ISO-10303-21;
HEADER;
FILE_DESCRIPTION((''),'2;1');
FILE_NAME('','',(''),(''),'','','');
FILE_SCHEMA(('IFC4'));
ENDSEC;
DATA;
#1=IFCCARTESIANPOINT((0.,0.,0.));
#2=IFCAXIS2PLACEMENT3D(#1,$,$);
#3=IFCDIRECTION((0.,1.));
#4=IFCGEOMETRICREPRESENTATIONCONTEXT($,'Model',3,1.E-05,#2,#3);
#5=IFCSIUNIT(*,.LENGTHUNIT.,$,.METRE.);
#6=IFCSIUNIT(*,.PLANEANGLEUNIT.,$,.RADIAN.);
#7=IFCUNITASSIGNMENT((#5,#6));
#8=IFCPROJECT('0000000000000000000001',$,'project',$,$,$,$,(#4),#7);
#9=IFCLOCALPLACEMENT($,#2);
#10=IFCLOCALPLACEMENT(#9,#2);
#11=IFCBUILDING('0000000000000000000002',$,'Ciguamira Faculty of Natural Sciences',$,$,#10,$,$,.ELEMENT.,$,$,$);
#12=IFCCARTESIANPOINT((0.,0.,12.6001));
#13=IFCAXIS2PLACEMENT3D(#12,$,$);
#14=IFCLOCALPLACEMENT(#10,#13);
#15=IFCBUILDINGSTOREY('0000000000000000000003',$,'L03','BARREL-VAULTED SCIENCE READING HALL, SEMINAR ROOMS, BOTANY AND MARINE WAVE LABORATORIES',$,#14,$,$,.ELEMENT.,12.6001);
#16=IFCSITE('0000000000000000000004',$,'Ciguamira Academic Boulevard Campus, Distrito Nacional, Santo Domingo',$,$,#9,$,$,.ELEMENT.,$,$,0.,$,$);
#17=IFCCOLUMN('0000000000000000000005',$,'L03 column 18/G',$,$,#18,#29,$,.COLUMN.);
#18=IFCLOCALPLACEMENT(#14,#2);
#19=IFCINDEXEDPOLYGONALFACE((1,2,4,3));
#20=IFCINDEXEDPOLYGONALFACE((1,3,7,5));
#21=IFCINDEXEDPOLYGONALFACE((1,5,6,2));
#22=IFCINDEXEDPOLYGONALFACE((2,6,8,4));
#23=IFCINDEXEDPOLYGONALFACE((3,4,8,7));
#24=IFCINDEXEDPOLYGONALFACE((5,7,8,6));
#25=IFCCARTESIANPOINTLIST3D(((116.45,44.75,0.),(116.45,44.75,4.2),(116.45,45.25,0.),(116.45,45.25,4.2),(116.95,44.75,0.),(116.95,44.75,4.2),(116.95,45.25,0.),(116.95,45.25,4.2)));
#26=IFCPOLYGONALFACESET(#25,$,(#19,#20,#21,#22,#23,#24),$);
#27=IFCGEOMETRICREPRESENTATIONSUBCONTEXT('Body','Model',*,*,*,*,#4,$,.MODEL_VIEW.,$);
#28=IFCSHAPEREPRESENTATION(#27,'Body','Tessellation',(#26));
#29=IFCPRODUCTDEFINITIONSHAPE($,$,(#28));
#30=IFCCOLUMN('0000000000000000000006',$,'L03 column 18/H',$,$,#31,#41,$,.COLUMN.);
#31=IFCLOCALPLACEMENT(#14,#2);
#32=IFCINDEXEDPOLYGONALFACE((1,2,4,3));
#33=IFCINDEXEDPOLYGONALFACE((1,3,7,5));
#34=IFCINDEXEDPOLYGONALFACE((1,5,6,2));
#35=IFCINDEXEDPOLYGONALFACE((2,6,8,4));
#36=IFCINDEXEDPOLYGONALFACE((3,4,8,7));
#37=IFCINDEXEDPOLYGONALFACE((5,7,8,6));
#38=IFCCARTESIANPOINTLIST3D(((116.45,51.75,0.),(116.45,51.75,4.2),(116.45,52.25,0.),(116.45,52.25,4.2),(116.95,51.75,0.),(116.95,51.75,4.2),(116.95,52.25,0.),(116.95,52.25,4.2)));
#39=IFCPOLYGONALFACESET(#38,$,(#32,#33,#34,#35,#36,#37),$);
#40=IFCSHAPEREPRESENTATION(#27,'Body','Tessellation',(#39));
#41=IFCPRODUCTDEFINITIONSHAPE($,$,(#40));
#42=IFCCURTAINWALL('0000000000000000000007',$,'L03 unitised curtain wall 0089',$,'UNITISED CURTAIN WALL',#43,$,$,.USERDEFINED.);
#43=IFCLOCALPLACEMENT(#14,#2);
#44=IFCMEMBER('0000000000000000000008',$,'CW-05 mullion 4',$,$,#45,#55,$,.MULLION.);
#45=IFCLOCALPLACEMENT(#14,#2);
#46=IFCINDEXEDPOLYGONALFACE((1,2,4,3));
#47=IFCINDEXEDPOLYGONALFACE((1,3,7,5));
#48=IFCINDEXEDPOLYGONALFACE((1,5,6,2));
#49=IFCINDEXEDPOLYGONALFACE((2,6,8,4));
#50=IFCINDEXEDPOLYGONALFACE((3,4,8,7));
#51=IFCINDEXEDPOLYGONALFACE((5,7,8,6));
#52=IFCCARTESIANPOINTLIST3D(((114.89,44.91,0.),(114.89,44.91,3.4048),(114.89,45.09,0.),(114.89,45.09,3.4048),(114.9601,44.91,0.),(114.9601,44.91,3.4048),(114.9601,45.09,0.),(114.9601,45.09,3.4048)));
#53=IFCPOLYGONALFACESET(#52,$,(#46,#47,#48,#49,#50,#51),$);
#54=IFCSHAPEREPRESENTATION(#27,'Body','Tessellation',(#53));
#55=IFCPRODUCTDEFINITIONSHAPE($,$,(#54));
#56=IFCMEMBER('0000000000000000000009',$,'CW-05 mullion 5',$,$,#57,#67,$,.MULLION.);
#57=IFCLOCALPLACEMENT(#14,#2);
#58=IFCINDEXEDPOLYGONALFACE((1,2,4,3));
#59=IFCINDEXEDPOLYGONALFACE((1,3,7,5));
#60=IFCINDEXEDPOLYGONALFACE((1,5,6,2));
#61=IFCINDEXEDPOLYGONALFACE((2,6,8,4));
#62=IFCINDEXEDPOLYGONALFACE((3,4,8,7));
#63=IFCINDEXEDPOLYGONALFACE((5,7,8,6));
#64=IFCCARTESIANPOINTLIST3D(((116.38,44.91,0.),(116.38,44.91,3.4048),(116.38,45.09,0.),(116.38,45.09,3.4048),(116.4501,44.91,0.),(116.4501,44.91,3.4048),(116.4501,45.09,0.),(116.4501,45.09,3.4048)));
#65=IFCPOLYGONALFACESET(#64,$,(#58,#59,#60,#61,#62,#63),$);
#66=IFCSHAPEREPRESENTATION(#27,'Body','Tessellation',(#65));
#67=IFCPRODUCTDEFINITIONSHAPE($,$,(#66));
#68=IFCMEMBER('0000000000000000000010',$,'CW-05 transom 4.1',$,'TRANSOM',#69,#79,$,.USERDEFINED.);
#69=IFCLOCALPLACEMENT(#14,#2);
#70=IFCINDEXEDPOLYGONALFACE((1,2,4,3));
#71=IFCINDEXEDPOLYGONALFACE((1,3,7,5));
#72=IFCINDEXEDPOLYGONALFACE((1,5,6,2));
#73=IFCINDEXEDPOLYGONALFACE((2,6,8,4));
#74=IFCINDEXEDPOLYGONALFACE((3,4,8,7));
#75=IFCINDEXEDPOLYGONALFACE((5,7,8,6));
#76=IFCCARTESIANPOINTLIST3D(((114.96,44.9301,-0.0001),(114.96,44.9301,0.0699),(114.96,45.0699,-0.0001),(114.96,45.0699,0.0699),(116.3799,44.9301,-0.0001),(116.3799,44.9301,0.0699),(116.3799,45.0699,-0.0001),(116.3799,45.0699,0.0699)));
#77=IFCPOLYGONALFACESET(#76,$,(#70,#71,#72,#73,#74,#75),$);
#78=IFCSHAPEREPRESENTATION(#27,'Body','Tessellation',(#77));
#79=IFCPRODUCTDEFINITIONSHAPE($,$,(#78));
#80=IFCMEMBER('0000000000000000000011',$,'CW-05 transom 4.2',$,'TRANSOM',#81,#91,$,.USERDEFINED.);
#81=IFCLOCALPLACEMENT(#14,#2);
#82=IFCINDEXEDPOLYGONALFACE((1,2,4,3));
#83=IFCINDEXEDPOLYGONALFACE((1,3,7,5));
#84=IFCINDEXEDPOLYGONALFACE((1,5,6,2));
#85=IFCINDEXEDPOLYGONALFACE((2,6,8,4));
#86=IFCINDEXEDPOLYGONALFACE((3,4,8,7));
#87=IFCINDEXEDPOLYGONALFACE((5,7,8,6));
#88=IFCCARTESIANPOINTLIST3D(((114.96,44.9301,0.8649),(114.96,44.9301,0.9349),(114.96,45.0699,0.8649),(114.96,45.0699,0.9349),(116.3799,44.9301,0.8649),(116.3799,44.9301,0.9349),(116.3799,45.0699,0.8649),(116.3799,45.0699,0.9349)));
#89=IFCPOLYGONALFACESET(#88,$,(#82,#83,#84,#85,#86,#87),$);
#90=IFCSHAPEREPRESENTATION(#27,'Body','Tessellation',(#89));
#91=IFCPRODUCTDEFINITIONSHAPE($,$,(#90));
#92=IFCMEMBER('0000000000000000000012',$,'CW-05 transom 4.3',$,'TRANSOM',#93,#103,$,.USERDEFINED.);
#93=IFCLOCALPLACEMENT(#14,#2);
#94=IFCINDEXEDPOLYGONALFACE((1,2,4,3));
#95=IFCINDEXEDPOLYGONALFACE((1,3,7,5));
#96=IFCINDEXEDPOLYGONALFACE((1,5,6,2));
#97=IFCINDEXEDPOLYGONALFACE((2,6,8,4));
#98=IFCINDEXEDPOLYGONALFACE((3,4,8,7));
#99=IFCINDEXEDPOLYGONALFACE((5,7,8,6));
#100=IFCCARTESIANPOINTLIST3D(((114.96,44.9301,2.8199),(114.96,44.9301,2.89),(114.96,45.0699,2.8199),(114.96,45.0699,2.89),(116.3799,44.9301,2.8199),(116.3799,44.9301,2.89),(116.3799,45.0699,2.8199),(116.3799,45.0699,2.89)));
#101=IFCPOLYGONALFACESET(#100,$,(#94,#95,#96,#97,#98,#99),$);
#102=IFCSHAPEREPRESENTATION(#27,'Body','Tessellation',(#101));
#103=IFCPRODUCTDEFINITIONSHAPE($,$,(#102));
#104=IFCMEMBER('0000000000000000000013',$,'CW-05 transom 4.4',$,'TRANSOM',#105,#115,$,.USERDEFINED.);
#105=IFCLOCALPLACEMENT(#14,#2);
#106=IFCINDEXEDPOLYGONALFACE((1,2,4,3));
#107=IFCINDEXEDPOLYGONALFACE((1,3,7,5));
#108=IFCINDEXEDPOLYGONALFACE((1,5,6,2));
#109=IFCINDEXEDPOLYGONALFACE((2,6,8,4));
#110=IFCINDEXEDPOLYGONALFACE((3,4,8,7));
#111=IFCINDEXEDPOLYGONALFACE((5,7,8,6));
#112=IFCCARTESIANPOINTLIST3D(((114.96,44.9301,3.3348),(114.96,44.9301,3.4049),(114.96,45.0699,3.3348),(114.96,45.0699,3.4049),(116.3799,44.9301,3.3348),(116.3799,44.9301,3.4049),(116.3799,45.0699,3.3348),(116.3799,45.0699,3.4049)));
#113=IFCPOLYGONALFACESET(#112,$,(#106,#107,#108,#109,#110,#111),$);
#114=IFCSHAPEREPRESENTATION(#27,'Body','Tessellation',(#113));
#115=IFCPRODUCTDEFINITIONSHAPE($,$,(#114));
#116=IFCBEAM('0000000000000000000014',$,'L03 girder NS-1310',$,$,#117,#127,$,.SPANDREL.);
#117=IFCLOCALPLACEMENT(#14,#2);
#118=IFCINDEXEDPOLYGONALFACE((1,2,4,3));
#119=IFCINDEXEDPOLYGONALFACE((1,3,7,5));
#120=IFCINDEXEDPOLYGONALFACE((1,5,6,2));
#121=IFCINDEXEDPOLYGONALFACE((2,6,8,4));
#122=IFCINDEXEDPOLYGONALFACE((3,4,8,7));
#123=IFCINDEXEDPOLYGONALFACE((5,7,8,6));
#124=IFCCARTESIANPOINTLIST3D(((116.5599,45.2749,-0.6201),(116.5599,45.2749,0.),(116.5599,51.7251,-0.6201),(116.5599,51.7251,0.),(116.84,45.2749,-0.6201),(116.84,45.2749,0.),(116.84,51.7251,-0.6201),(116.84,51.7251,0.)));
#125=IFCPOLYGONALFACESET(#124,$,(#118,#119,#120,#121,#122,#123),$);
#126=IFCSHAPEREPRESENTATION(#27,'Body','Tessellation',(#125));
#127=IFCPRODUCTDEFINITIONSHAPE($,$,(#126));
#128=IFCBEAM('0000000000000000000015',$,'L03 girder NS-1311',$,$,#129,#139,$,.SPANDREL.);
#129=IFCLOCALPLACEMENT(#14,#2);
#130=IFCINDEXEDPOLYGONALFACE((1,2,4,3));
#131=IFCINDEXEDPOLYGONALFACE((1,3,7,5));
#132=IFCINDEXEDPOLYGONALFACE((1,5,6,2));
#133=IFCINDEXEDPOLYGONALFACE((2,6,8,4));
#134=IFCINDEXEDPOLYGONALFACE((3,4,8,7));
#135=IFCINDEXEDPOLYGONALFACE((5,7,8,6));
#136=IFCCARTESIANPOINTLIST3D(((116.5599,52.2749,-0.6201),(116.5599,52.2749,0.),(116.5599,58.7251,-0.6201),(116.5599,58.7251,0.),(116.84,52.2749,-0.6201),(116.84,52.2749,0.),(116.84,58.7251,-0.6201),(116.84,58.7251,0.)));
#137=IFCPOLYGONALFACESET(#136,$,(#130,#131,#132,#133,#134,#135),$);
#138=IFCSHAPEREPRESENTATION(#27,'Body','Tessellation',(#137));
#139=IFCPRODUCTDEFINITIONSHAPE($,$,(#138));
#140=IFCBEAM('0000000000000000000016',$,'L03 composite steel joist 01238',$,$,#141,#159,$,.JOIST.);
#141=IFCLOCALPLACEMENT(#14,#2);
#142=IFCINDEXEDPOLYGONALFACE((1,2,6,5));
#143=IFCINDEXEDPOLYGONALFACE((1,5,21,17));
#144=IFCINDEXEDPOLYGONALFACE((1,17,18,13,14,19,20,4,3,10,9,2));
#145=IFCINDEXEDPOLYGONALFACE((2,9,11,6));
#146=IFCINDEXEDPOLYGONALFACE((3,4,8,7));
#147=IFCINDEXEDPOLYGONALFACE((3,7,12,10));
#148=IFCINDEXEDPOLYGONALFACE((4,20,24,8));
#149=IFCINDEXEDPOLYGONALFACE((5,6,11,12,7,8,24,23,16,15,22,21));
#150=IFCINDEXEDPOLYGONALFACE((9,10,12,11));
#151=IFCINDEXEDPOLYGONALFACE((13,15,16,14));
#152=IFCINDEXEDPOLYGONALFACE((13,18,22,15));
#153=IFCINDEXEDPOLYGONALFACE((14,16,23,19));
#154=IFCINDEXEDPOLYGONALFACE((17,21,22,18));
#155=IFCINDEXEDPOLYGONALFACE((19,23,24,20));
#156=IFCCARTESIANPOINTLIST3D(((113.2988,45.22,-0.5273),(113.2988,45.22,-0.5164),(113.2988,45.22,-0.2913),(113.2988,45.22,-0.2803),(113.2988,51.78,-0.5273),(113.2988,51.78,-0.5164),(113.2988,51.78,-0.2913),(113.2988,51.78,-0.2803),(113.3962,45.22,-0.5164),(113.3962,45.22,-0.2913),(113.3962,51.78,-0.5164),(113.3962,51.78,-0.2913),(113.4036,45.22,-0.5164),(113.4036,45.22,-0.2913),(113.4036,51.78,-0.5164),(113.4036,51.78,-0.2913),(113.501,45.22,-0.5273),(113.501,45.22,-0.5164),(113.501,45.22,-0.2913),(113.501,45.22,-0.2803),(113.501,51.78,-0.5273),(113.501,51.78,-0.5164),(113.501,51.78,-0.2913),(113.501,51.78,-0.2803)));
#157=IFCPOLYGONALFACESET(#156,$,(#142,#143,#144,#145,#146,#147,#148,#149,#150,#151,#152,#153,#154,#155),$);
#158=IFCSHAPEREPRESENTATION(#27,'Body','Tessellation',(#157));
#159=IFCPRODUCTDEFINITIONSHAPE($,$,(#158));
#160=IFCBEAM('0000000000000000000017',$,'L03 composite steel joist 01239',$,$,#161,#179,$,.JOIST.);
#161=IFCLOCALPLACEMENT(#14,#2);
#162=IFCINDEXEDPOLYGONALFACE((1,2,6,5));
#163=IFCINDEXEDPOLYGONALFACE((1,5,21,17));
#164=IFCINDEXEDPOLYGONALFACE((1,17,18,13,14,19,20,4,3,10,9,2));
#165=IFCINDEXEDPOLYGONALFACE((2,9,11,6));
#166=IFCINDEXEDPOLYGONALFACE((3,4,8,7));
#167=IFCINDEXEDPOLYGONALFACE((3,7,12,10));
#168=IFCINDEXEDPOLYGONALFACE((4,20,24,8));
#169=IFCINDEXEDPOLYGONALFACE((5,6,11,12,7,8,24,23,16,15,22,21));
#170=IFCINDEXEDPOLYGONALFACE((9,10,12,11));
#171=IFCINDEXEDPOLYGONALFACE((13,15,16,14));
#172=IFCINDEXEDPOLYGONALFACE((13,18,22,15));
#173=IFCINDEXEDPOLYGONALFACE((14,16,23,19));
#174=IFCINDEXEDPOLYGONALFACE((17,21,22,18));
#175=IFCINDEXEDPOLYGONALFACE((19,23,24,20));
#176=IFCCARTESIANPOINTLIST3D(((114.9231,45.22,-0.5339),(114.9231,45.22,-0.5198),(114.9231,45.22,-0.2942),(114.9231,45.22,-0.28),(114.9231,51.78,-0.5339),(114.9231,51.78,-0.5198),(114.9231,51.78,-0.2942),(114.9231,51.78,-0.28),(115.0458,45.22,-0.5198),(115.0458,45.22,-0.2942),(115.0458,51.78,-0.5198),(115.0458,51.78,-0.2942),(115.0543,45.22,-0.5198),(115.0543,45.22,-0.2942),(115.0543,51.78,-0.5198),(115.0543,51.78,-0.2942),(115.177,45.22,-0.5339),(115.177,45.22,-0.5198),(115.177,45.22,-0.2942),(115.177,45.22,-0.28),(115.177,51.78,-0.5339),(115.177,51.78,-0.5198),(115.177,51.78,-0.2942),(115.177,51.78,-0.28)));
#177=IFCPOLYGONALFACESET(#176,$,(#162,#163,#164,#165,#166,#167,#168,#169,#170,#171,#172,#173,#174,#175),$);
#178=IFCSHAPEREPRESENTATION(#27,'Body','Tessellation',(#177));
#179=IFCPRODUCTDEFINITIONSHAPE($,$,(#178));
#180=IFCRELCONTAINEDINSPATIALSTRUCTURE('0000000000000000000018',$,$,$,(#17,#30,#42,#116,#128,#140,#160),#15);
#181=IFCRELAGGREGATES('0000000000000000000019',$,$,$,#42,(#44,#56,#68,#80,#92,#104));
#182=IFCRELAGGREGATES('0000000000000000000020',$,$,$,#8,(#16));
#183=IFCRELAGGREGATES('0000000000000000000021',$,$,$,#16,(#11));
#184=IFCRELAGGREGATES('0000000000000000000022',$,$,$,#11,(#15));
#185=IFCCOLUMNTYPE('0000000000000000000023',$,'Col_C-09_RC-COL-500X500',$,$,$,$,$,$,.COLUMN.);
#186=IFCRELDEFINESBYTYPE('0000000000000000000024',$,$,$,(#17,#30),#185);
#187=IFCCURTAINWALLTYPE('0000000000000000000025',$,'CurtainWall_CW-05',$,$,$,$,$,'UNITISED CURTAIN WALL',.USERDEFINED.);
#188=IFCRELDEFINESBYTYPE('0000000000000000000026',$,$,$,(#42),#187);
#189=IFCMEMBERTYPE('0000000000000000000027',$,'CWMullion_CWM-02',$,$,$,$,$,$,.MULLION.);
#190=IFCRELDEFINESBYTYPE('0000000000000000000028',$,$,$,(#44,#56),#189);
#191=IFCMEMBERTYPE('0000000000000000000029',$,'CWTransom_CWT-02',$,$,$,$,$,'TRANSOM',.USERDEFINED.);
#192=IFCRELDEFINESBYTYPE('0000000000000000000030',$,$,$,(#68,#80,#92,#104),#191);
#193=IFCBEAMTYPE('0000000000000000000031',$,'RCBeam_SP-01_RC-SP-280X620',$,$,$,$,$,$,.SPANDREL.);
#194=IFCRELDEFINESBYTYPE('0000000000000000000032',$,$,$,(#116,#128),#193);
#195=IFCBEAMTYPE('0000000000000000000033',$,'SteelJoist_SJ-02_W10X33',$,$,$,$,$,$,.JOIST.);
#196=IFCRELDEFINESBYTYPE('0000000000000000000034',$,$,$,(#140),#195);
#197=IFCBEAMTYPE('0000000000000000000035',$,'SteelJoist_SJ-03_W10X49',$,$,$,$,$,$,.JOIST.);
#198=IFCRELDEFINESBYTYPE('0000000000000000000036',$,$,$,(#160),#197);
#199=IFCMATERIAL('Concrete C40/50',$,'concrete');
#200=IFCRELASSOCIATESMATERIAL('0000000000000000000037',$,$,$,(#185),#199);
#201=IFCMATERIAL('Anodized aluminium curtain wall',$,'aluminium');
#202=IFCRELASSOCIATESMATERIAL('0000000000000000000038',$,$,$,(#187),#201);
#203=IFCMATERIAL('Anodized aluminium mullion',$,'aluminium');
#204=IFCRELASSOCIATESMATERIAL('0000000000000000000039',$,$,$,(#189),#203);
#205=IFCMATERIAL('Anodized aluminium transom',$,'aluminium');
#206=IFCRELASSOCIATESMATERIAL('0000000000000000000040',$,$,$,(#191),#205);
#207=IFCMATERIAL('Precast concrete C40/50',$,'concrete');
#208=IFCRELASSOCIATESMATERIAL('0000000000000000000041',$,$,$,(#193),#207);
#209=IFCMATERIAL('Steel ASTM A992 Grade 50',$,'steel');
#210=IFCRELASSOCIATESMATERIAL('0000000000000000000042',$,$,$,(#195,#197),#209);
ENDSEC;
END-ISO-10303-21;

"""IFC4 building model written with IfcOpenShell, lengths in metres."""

from ifc_helpers import new_model, si_unit, direction, frame, origin, origin_2d, place, context, subcontext, project, spatial, rectangle, i_section, extrude, material, material_profile, profile_set, type_object, element, aggregate, save


model = new_model("IFC4")

# Units and contexts
model_context = context("Model", 3, precision=1e-05, world=origin(), true_north=direction((0.0, 1.0)))
body_context = subcontext(model_context, "Body", "Model", "MODEL_VIEW")
ifc_project = project(units=[si_unit("LENGTHUNIT", "METRE"), si_unit("PLANEANGLEUNIT", "RADIAN")], contexts=[model_context])

# Site, building, storey
site_placement = place(None, origin())
site = spatial("IfcSite", under=ifc_project, at=site_placement, Name="Ciguamira Academic Boulevard Campus, Distrito Nacional, Santo Domingo", CompositionType="ELEMENT", RefElevation=0.0)
building_placement = place(site_placement, origin())
building = spatial("IfcBuilding", under=site, at=building_placement, Name="Ciguamira Faculty of Natural Sciences", CompositionType="ELEMENT")
storey_placement = place(building_placement, frame((0.0, 0.0, 12.6001)))
storey = spatial("IfcBuildingStorey", under=building, at=storey_placement, Name="L03", Description="BARREL-VAULTED SCIENCE READING HALL, SEMINAR ROOMS, BOTANY AND MARINE WAVE LABORATORIES", CompositionType="ELEMENT", Elevation=12.6001)

# Columns
ifc_material_1 = material(Name="Concrete C40/50", Category="concrete")
ifc_material_profile_1 = material_profile(ifc_material_1, rectangle(XDim=0.5, YDim=0.5, at=origin_2d()), Name="RC-COL-500X500")
ifc_profile_set_1 = profile_set([ifc_material_profile_1], Name="Concrete C40/50")
column_type = type_object("IfcColumnType", Name="Col_C-09_RC-COL-500X500", PredefinedType="COLUMN", material=ifc_profile_set_1)
for number, where, z_axis, x_axis, name in (
    (1, (116.7, 45.0, 0.0), (0.0, 0.0, 1.0), (1.0, 0.0, 0.0), "L03 column 18/G"),
    (2, (116.7, 52.0, 0.0), (0.0, 0.0, 1.0), (1.0, 0.0, 0.0), "L03 column 18/H"),
):
    element("IfcColumn", number, at=place(storey_placement, frame(where, z_axis=z_axis, x_axis=x_axis)), inside=storey, type_object=column_type, Name=name, PredefinedType="COLUMN", context=body_context, shape_type="SweptSolid", body=[
        extrude(rectangle(XDim=0.5, YDim=0.5, at=origin_2d()), origin(), (0.0, 0.0, 1.0), 4.2),
    ])

# Curtain wall, members
ifc_material_2 = material(Name="Anodized aluminium curtain wall", Category="aluminium")
curtain_wall_type = type_object("IfcCurtainWallType", Name="CurtainWall_CW-05", ElementType="UNITISED CURTAIN WALL", PredefinedType="USERDEFINED", material=ifc_material_2)
curtain_wall_placement = place(storey_placement, origin())
curtain_wall = element("IfcCurtainWall", 3, at=curtain_wall_placement, inside=storey, type_object=curtain_wall_type, Name="L03 unitised curtain wall 0089", ObjectType="UNITISED CURTAIN WALL", PredefinedType="USERDEFINED")
ifc_material_3 = material(Name="Anodized aluminium mullion", Category="aluminium")
ifc_material_profile_2 = material_profile(ifc_material_3, rectangle(XDim=0.0701, YDim=0.1799, at=origin_2d()), Name="ALU-MUL-70X180")
ifc_profile_set_2 = profile_set([ifc_material_profile_2], Name="Anodized aluminium mullion")
member_type_1 = type_object("IfcMemberType", Name="CWMullion_CWM-02", PredefinedType="MULLION", material=ifc_profile_set_2)
member_1_placement = place(storey_placement, frame((114.925, 45.0, 0.0), z_axis=(0.0, 0.0, 1.0), x_axis=(1.0, 0.0, 0.0)))
member_1 = element("IfcMember", 4, at=member_1_placement, type_object=member_type_1, Name="CW-05 mullion 4", PredefinedType="MULLION", context=body_context, shape_type="SweptSolid", body=[
    extrude(rectangle(XDim=0.0701, YDim=0.1799, at=origin_2d()), origin(), (0.0, 0.0, 1.0), 3.4048),
])
member_2_placement = place(storey_placement, frame((116.415, 45.0, 0.0), z_axis=(0.0, 0.0, 1.0), x_axis=(1.0, 0.0, 0.0)))
member_2 = element("IfcMember", 5, at=member_2_placement, type_object=member_type_1, Name="CW-05 mullion 5", PredefinedType="MULLION", context=body_context, shape_type="SweptSolid", body=[
    extrude(rectangle(XDim=0.0701, YDim=0.1799, at=origin_2d()), origin(), (0.0, 0.0, 1.0), 3.4048),
])
ifc_material_4 = material(Name="Anodized aluminium transom", Category="aluminium")
ifc_material_profile_3 = material_profile(ifc_material_4, rectangle(XDim=0.0701, YDim=0.1399, at=origin_2d()), Name="ALU-TRN-70X140")
ifc_profile_set_3 = profile_set([ifc_material_profile_3], Name="Anodized aluminium transom")
member_type_2 = type_object("IfcMemberType", Name="CWTransom_CWT-02", ElementType="TRANSOM", PredefinedType="USERDEFINED", material=ifc_profile_set_3)
member_3_placement = place(storey_placement, frame((114.96, 45.0, 0.0349), z_axis=(1.0, 0.0, 0.0), x_axis=(0.0, 0.0, 1.0)))
member_3 = element("IfcMember", 6, at=member_3_placement, type_object=member_type_2, Name="CW-05 transom 4.1", ObjectType="TRANSOM", PredefinedType="USERDEFINED", context=body_context, shape_type="SweptSolid", body=[
    extrude(rectangle(XDim=0.0701, YDim=0.1399, at=origin_2d()), origin(), (0.0, 0.0, 1.0), 1.4199),
])
member_4_placement = place(storey_placement, frame((114.96, 45.0, 0.8999), z_axis=(1.0, 0.0, 0.0), x_axis=(0.0, 0.0, 1.0)))
member_4 = element("IfcMember", 7, at=member_4_placement, type_object=member_type_2, Name="CW-05 transom 4.2", ObjectType="TRANSOM", PredefinedType="USERDEFINED", context=body_context, shape_type="SweptSolid", body=[
    extrude(rectangle(XDim=0.0701, YDim=0.1399, at=origin_2d()), origin(), (0.0, 0.0, 1.0), 1.4199),
])
member_5_placement = place(storey_placement, frame((114.96, 45.0, 2.855), z_axis=(1.0, 0.0, 0.0), x_axis=(0.0, 0.0, 1.0)))
member_5 = element("IfcMember", 8, at=member_5_placement, type_object=member_type_2, Name="CW-05 transom 4.3", ObjectType="TRANSOM", PredefinedType="USERDEFINED", context=body_context, shape_type="SweptSolid", body=[
    extrude(rectangle(XDim=0.0701, YDim=0.1399, at=origin_2d()), origin(), (0.0, 0.0, 1.0), 1.4199),
])
member_6_placement = place(storey_placement, frame((114.96, 45.0, 3.3699), z_axis=(1.0, 0.0, 0.0), x_axis=(0.0, 0.0, 1.0)))
member_6 = element("IfcMember", 9, at=member_6_placement, type_object=member_type_2, Name="CW-05 transom 4.4", ObjectType="TRANSOM", PredefinedType="USERDEFINED", context=body_context, shape_type="SweptSolid", body=[
    extrude(rectangle(XDim=0.0701, YDim=0.1399, at=origin_2d()), origin(), (0.0, 0.0, 1.0), 1.4199),
])

# Beams
ifc_material_5 = material(Name="Precast concrete C40/50", Category="concrete")
ifc_material_profile_4 = material_profile(ifc_material_5, rectangle(XDim=0.28, YDim=0.6201, at=origin_2d()), Name="RC-SP-280X620")
ifc_profile_set_4 = profile_set([ifc_material_profile_4], Name="Precast concrete C40/50")
beam_type_1 = type_object("IfcBeamType", Name="RCBeam_SP-01_RC-SP-280X620", PredefinedType="SPANDREL", material=ifc_profile_set_4)
for number, where, z_axis, x_axis, name in (
    (10, (116.7, 45.2749, -0.3101), (0.0, 1.0, 0.0), (-1.0, 0.0, 0.0), "L03 girder NS-1310"),
    (11, (116.7, 52.2749, -0.3101), (0.0, 1.0, 0.0), (-1.0, 0.0, 0.0), "L03 girder NS-1311"),
):
    element("IfcBeam", number, at=place(storey_placement, frame(where, z_axis=z_axis, x_axis=x_axis)), inside=storey, type_object=beam_type_1, Name=name, PredefinedType="SPANDREL", context=body_context, shape_type="SweptSolid", body=[
        extrude(rectangle(XDim=0.28, YDim=0.6201, at=origin_2d()), origin(), (0.0, 0.0, 1.0), 6.4502),
    ])
ifc_material_6 = material(Name="Steel ASTM A992 Grade 50", Category="steel")
ifc_material_profile_5 = material_profile(ifc_material_6, i_section(OverallWidth=0.2021, OverallDepth=0.2471, WebThickness=0.0073, FlangeThickness=0.011, at=origin_2d()), Name="W10X33")
ifc_profile_set_5 = profile_set([ifc_material_profile_5], Name="Steel ASTM A992 Grade 50")
beam_type_2 = type_object("IfcBeamType", Name="SteelJoist_SJ-02_W10X33", PredefinedType="JOIST", material=ifc_profile_set_5)
beam_1_placement = place(storey_placement, frame((113.3999, 45.22, -0.4038), z_axis=(0.0, 1.0, 0.0), x_axis=(-1.0, 0.0, 0.0)))
element("IfcBeam", 12, at=beam_1_placement, inside=storey, type_object=beam_type_2, Name="L03 composite steel joist 01238", PredefinedType="JOIST", context=body_context, shape_type="SweptSolid", body=[
    extrude(i_section(OverallWidth=0.2021, OverallDepth=0.2471, WebThickness=0.0073, FlangeThickness=0.011, at=origin_2d()), origin(), (0.0, 0.0, 1.0), 6.5601),
])
ifc_material_profile_6 = material_profile(ifc_material_6, i_section(OverallWidth=0.2539, OverallDepth=0.2539, WebThickness=0.0085, FlangeThickness=0.0142, at=origin_2d()), Name="W10X49")
ifc_profile_set_6 = profile_set([ifc_material_profile_6], Name="Steel ASTM A992 Grade 50")
beam_type_3 = type_object("IfcBeamType", Name="SteelJoist_SJ-03_W10X49", PredefinedType="JOIST", material=ifc_profile_set_6)
beam_2_placement = place(storey_placement, frame((115.05, 45.22, -0.407), z_axis=(0.0, 1.0, 0.0), x_axis=(-1.0, 0.0, 0.0)))
element("IfcBeam", 13, at=beam_2_placement, inside=storey, type_object=beam_type_3, Name="L03 composite steel joist 01239", PredefinedType="JOIST", context=body_context, shape_type="SweptSolid", body=[
    extrude(i_section(OverallWidth=0.2539, OverallDepth=0.2539, WebThickness=0.0085, FlangeThickness=0.0142, at=origin_2d()), origin(), (0.0, 0.0, 1.0), 6.5601),
])

aggregate(curtain_wall, [member_1, member_2, member_3, member_4, member_5, member_6])

save(model, "model.ifc")
